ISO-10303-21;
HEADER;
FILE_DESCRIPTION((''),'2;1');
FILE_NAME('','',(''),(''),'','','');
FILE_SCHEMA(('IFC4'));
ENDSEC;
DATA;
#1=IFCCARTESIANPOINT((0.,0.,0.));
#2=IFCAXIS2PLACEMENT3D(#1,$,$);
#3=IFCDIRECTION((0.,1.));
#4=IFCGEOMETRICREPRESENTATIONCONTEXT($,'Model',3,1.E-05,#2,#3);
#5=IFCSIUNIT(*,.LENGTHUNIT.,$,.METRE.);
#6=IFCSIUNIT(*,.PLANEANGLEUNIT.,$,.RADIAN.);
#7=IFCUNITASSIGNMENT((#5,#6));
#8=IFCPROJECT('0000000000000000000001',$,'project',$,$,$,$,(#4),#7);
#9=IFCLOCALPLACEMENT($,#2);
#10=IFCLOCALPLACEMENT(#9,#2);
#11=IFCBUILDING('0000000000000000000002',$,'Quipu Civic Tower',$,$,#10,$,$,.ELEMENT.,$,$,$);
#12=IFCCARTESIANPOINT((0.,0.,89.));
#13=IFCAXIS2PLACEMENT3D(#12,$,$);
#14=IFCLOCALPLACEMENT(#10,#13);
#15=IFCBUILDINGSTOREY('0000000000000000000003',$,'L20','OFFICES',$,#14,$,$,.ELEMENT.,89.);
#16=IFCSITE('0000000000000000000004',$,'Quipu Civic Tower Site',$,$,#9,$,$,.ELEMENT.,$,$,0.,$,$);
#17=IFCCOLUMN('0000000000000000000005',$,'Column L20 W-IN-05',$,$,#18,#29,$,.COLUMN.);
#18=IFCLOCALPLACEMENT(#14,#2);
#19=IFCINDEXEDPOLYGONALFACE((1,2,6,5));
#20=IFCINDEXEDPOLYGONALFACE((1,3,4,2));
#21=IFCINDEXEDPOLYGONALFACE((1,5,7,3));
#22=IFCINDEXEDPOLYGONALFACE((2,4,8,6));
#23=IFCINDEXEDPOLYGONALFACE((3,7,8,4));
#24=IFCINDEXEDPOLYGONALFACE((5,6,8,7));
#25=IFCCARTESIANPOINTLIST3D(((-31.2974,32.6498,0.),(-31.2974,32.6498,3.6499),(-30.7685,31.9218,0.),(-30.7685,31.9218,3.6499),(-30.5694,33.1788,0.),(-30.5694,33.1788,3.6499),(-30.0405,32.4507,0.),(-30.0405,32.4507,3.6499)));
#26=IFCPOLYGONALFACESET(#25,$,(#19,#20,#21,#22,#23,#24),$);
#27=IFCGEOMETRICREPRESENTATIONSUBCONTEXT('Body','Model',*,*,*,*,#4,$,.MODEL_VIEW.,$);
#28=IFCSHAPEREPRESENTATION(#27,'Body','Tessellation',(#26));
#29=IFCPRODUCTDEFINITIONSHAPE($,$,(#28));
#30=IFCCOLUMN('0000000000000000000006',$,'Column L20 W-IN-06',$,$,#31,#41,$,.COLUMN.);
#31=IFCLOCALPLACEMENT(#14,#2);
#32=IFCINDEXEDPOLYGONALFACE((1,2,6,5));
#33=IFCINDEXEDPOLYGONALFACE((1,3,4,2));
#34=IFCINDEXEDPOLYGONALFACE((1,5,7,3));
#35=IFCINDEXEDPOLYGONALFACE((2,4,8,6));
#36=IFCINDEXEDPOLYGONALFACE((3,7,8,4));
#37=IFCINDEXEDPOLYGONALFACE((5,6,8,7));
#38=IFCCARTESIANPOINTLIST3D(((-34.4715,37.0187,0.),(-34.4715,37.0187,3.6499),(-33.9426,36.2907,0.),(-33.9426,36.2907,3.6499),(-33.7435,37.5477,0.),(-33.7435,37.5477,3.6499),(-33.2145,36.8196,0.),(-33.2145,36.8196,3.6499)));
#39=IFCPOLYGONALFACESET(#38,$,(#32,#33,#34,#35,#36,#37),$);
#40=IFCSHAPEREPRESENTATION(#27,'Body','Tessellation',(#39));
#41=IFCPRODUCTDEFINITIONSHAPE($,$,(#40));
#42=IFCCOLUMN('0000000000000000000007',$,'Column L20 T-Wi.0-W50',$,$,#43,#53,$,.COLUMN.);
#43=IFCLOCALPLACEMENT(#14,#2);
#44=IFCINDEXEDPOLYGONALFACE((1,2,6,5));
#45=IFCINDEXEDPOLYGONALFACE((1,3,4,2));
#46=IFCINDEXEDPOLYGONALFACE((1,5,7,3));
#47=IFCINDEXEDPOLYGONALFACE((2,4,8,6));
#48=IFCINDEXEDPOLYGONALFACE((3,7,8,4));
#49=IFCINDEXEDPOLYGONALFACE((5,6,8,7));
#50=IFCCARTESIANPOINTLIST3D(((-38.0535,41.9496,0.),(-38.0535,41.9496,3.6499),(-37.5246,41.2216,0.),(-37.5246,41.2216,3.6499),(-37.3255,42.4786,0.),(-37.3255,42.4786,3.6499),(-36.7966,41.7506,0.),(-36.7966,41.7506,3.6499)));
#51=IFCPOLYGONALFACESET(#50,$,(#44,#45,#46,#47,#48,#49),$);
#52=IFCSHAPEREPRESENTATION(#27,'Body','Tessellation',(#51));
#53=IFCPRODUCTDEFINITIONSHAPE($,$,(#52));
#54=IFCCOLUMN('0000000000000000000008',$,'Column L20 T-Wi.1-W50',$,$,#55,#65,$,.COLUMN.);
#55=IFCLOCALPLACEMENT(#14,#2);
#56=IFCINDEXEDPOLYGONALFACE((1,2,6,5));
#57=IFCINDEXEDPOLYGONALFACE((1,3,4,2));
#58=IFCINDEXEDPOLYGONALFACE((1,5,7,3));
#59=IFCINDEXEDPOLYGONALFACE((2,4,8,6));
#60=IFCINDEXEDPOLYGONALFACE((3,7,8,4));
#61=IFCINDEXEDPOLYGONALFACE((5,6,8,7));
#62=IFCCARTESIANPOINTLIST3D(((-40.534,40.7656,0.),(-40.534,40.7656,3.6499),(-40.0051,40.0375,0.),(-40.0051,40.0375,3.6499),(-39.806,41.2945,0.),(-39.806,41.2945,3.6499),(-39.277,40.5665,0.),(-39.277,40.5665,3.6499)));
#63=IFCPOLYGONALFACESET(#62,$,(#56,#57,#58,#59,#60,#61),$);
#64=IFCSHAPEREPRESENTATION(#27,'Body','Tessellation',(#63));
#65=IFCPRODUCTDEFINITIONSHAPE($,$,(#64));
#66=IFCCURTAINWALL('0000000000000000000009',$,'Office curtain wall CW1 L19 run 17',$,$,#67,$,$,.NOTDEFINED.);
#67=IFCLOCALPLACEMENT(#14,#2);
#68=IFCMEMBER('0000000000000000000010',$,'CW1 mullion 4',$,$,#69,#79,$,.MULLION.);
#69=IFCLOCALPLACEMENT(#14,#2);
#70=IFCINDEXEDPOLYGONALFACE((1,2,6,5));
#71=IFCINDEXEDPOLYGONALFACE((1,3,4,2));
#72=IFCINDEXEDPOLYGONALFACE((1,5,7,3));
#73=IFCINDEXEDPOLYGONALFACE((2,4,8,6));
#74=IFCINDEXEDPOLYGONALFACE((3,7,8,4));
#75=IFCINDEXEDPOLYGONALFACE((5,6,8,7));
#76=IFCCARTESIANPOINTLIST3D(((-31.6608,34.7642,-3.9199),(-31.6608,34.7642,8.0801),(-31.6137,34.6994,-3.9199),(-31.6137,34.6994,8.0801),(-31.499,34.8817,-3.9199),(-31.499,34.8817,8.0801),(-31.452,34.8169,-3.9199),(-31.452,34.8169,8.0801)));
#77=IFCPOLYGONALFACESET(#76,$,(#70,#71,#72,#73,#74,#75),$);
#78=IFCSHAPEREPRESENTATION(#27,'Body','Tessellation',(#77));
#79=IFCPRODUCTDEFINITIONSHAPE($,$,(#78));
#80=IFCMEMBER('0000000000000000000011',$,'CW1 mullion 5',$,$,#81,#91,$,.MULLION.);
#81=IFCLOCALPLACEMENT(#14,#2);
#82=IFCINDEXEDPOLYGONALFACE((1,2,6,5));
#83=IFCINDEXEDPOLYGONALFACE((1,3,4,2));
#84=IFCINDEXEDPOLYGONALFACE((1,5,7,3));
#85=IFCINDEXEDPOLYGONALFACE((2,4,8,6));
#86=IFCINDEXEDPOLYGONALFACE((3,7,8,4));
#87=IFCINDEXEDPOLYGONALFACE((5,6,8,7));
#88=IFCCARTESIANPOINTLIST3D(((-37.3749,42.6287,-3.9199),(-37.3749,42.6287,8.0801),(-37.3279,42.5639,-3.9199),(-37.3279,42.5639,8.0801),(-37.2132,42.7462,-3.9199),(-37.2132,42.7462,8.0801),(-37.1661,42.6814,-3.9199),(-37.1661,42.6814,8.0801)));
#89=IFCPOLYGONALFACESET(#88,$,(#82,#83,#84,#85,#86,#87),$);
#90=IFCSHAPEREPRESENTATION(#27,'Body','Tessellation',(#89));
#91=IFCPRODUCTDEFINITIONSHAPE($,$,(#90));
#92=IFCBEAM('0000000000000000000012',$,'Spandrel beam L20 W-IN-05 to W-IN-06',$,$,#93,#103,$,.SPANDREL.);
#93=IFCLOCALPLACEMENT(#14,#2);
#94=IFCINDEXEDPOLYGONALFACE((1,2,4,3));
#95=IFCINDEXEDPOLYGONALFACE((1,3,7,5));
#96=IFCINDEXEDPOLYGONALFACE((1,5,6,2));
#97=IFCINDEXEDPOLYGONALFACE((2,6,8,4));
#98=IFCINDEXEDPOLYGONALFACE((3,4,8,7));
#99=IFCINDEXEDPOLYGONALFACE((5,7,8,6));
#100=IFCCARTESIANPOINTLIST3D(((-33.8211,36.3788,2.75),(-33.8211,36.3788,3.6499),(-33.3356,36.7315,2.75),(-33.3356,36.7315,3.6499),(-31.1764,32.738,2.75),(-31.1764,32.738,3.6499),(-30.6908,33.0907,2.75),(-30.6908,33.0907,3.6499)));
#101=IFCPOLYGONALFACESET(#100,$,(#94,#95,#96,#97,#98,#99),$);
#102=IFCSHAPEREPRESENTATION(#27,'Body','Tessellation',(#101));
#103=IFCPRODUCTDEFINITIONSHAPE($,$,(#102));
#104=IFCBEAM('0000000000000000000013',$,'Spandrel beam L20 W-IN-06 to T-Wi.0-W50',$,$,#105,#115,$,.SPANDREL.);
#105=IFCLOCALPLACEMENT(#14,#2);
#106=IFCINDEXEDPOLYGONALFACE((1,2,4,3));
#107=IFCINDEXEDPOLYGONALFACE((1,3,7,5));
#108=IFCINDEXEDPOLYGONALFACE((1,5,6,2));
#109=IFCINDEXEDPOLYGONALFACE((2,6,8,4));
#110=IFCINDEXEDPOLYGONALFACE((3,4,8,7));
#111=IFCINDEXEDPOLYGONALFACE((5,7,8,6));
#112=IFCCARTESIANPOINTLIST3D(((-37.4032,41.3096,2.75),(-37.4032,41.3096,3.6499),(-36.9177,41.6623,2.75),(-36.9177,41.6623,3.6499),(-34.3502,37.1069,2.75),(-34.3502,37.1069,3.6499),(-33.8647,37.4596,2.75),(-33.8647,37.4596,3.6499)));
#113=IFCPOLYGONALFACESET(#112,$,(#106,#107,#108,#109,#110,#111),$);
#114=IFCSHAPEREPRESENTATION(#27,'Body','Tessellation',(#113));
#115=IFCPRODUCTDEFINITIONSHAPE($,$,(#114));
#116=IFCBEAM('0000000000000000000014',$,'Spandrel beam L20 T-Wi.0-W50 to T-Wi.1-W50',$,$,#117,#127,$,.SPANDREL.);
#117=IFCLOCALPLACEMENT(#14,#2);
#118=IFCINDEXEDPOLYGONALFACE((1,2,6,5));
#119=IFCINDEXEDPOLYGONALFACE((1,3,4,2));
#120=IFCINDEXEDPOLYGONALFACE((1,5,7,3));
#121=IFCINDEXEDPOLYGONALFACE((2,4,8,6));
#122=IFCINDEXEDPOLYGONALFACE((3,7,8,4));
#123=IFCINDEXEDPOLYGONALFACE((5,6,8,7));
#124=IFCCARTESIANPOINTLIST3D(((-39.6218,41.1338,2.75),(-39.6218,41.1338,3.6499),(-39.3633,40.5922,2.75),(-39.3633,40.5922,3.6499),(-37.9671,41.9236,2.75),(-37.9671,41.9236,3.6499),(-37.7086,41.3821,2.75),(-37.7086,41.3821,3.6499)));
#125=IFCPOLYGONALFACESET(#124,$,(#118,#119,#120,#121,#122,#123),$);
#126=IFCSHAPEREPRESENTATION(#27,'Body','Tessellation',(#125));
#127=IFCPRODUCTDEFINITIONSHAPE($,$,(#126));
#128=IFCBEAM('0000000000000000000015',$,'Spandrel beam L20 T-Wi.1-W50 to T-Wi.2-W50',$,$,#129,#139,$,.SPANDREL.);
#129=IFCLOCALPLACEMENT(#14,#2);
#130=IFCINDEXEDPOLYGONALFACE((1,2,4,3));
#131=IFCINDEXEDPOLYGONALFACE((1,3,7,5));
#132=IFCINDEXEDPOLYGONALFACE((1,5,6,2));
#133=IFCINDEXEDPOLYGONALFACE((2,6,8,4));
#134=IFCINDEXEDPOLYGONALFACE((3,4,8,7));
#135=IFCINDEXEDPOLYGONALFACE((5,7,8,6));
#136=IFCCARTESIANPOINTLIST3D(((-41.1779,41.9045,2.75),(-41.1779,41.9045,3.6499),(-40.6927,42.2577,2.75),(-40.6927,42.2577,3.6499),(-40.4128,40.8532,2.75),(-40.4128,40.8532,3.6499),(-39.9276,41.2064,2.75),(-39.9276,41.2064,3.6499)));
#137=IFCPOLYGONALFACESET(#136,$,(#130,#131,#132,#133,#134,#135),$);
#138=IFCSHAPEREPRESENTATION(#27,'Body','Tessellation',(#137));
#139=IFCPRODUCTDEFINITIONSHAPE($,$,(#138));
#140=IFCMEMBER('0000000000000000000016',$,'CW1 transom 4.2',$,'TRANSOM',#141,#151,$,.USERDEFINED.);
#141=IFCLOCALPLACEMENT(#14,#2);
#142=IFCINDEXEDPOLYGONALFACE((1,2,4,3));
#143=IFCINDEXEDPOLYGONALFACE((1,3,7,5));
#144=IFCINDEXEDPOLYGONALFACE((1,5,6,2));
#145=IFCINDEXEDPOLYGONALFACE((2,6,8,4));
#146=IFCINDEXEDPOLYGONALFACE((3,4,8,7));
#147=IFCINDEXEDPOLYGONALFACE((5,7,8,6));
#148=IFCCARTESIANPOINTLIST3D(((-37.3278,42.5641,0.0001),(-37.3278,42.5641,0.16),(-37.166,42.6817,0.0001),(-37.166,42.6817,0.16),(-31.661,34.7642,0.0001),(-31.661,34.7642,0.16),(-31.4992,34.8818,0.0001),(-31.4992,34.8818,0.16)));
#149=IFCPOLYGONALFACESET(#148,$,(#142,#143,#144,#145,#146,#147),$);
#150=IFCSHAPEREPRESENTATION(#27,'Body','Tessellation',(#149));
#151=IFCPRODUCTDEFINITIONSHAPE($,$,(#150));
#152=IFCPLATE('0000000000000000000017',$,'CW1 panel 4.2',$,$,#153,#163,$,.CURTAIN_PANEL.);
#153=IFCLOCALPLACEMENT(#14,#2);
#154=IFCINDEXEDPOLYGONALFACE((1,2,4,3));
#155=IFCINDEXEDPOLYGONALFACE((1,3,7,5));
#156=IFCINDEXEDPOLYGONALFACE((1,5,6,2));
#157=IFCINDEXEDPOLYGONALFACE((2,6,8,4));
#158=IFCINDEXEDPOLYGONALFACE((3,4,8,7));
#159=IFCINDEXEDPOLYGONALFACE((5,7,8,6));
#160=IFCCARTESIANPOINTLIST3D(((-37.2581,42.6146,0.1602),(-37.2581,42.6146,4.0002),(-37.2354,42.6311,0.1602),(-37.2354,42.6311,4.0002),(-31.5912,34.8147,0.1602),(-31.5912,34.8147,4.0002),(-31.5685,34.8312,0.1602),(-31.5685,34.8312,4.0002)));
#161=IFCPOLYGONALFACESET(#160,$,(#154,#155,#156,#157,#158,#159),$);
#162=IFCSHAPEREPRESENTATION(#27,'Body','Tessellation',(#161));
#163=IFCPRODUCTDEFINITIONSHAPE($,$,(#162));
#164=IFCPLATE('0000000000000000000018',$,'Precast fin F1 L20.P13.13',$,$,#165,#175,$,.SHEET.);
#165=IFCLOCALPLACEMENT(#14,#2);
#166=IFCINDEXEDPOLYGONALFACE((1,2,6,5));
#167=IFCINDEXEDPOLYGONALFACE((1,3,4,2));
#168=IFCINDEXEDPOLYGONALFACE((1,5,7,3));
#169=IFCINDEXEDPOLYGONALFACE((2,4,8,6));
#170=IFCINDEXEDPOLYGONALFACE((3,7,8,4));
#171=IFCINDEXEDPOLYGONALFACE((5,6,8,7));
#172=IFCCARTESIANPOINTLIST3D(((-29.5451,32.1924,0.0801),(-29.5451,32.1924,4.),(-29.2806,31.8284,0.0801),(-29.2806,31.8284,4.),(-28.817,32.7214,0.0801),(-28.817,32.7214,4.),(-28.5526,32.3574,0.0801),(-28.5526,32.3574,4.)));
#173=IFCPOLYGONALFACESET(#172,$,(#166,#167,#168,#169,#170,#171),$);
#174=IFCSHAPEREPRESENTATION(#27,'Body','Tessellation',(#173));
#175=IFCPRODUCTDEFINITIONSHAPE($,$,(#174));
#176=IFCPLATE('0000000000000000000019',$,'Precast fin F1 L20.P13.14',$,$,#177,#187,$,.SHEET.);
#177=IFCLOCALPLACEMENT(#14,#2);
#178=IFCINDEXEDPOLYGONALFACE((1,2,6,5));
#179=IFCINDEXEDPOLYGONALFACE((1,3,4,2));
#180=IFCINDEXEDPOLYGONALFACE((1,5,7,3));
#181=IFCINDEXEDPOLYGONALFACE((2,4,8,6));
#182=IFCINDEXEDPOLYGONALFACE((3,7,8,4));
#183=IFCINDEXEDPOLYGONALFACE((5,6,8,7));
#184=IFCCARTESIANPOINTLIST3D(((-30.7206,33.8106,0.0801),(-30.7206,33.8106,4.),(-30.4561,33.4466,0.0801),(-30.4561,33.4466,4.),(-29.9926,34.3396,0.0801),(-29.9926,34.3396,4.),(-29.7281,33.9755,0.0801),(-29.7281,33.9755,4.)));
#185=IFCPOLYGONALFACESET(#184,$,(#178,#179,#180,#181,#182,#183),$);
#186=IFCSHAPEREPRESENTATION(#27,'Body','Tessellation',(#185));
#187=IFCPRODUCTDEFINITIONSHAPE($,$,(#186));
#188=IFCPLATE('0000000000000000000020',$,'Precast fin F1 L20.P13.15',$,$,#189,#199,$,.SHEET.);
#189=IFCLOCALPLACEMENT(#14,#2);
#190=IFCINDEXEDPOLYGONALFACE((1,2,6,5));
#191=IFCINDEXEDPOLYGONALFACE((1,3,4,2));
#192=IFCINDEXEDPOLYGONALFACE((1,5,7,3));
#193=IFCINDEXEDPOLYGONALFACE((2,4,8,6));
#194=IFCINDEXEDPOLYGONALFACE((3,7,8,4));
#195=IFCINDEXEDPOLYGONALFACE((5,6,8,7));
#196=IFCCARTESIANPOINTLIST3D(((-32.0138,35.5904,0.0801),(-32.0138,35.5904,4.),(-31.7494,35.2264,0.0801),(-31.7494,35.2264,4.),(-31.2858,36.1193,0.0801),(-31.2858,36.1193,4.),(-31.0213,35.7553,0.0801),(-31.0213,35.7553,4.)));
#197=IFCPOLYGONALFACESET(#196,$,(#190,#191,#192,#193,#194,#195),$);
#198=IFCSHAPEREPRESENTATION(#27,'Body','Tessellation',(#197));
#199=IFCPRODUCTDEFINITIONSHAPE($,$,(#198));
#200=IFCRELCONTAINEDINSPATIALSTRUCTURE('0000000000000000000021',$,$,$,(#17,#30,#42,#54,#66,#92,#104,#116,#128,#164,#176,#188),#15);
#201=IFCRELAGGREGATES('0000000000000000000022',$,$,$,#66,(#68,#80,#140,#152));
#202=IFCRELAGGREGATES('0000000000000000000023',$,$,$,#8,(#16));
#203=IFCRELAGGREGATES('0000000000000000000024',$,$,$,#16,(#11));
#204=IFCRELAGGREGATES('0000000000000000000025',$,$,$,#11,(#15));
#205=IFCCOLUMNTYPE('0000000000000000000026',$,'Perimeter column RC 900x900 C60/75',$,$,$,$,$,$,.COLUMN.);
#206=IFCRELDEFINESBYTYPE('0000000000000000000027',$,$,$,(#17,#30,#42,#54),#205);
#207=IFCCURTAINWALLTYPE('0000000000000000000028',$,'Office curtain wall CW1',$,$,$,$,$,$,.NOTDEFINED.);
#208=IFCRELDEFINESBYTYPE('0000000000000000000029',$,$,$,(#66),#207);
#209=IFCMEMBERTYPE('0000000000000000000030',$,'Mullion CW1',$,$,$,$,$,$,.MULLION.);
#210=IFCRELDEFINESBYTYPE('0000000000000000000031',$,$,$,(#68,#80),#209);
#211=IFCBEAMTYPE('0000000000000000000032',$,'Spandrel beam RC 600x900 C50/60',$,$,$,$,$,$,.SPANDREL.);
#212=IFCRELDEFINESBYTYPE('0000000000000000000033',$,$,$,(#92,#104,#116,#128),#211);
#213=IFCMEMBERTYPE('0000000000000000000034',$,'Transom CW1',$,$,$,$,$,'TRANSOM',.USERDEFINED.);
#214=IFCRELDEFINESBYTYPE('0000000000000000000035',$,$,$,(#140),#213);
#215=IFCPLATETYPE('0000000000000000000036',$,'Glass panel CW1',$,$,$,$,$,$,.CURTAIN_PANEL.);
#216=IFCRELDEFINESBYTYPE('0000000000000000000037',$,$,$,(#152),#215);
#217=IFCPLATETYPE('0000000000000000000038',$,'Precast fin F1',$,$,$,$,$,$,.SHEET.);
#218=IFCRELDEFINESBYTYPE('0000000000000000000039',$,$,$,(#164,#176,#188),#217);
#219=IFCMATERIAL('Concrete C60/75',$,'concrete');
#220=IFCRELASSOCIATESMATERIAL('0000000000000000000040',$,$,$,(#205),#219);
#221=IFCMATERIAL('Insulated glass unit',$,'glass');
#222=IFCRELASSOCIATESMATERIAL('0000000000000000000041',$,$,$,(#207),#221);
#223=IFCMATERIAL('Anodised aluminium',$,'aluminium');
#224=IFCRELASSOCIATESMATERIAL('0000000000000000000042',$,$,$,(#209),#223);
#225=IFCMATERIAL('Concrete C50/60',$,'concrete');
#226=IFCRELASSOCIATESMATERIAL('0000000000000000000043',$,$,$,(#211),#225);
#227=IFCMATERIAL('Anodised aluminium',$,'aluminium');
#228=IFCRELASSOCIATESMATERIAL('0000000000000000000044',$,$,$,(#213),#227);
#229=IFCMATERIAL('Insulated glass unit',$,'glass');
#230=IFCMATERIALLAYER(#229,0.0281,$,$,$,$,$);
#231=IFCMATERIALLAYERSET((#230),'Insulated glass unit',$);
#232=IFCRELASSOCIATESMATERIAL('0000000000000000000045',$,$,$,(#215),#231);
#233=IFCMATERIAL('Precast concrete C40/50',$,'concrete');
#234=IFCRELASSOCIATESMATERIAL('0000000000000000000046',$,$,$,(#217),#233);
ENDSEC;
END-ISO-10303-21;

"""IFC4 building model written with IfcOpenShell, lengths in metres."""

from ifc_helpers import new_model, si_unit, direction, frame, origin, origin_2d, place, context, subcontext, project, spatial, rectangle, extrude, material, layer, layer_set, material_profile, profile_set, type_object, element, aggregate, save


model = new_model("IFC4")

# Units and contexts
model_context = context("Model", 3, precision=1e-05, world=origin(), true_north=direction((0.0, 1.0)))
body_context = subcontext(model_context, "Body", "Model", "MODEL_VIEW")
ifc_project = project(units=[si_unit("LENGTHUNIT", "METRE"), si_unit("PLANEANGLEUNIT", "RADIAN")], contexts=[model_context])

# Site, building, storey
site_placement = place(None, origin())
site = spatial("IfcSite", under=ifc_project, at=site_placement, Name="Quipu Civic Tower Site", CompositionType="ELEMENT", RefElevation=0.0)
building_placement = place(site_placement, origin())
building = spatial("IfcBuilding", under=site, at=building_placement, Name="Quipu Civic Tower", CompositionType="ELEMENT")
storey_placement = place(building_placement, frame((0.0, 0.0, 89.0)))
storey = spatial("IfcBuildingStorey", under=building, at=storey_placement, Name="L20", Description="OFFICES", CompositionType="ELEMENT", Elevation=89.0)

# Columns
ifc_material_1 = material(Name="Concrete C60/75", Category="concrete")
ifc_material_profile_1 = material_profile(ifc_material_1, rectangle(XDim=0.8999, YDim=0.8999, at=origin_2d()), Name="RC900x900")
ifc_profile_set_1 = profile_set([ifc_material_profile_1], Name="Concrete C60/75")
column_type = type_object("IfcColumnType", Name="Perimeter column RC 900x900 C60/75", PredefinedType="COLUMN", material=ifc_profile_set_1)
for number, where, z_axis, x_axis, name in (
    (1, (-30.6689, 32.5503, 0.0), (0.0, 0.0, 1.0), (-0.587785, 0.809017, 0.0), "Column L20 W-IN-05"),
    (2, (-33.843, 36.9192, 0.0), (0.0, 0.0, 1.0), (-0.587785, 0.809017, 0.0), "Column L20 W-IN-06"),
    (3, (-37.425, 41.8501, 0.0), (0.0, 0.0, 1.0), (-0.587785, 0.809017, 0.0), "Column L20 T-Wi.0-W50"),
    (4, (-39.9055, 40.666, 0.0), (0.0, 0.0, 1.0), (-0.587785, 0.809017, 0.0), "Column L20 T-Wi.1-W50"),
):
    element("IfcColumn", number, at=place(storey_placement, frame(where, z_axis=z_axis, x_axis=x_axis)), inside=storey, type_object=column_type, Name=name, PredefinedType="COLUMN", context=body_context, shape_type="SweptSolid", body=[
        extrude(rectangle(XDim=0.8999, YDim=0.8999, at=origin_2d()), origin(), (0.0, 0.0, 1.0), 3.6499),
    ])

# Curtain wall, members
ifc_material_2 = material(Name="Insulated glass unit", Category="glass")
curtain_wall_type = type_object("IfcCurtainWallType", Name="Office curtain wall CW1", PredefinedType="NOTDEFINED", material=ifc_material_2)
curtain_wall_placement = place(storey_placement, origin())
curtain_wall = element("IfcCurtainWall", 5, at=curtain_wall_placement, inside=storey, type_object=curtain_wall_type, Name="Office curtain wall CW1 L19 run 17", PredefinedType="NOTDEFINED")
ifc_material_3 = material(Name="Anodised aluminium", Category="aluminium")
ifc_material_profile_2 = material_profile(ifc_material_3, rectangle(XDim=0.2, YDim=0.0801, at=origin_2d()), Name="RECT 200x80")
ifc_profile_set_2 = profile_set([ifc_material_profile_2], Name="Anodised aluminium")
member_type_1 = type_object("IfcMemberType", Name="Mullion CW1", PredefinedType="MULLION", material=ifc_profile_set_2)
member_1_placement = place(storey_placement, frame((-31.5564, 34.7905, -3.9199), z_axis=(0.0, 0.0, 1.0), x_axis=(-0.809017, -0.587786, 0.0)))
member_1 = element("IfcMember", 6, at=member_1_placement, type_object=member_type_1, Name="CW1 mullion 4", PredefinedType="MULLION", context=body_context, shape_type="SweptSolid", body=[
    extrude(rectangle(XDim=0.2, YDim=0.0801, at=origin_2d()), origin(), (0.0, 0.0, 1.0), 12.0),
])
member_2_placement = place(storey_placement, frame((-37.2705, 42.655, -3.9199), z_axis=(0.0, 0.0, 1.0), x_axis=(-0.809017, -0.587786, 0.0)))
member_2 = element("IfcMember", 7, at=member_2_placement, type_object=member_type_1, Name="CW1 mullion 5", PredefinedType="MULLION", context=body_context, shape_type="SweptSolid", body=[
    extrude(rectangle(XDim=0.2, YDim=0.0801, at=origin_2d()), origin(), (0.0, 0.0, 1.0), 12.0),
])

# Beams
ifc_material_4 = material(Name="Concrete C50/60", Category="concrete")
ifc_material_profile_3 = material_profile(ifc_material_4, rectangle(XDim=0.6001, YDim=0.8999, at=origin_2d()), Name="RC600x900")
ifc_profile_set_3 = profile_set([ifc_material_profile_3], Name="Concrete C50/60")
beam_type = type_object("IfcBeamType", Name="Spandrel beam RC 600x900 C50/60", PredefinedType="SPANDREL", material=ifc_profile_set_3)
beam_1_placement = place(storey_placement, frame((-30.9336, 32.9143, 3.2), z_axis=(-0.587717, 0.809067, 0.0), x_axis=(-0.809067, -0.587717, 0.0)))
element("IfcBeam", 8, at=beam_1_placement, inside=storey, type_object=beam_type, Name="Spandrel beam L20 W-IN-05 to W-IN-06", PredefinedType="SPANDREL", context=body_context, shape_type="SweptSolid", body=[
    extrude(rectangle(XDim=0.6001, YDim=0.8999, at=origin_2d()), origin(), (0.0, 0.0, 1.0), 4.5),
])
beam_2_placement = place(storey_placement, frame((-34.1074, 37.2832, 3.2), z_axis=(-0.587733, 0.809055, 0.0), x_axis=(-0.809055, -0.587733, 0.0)))
element("IfcBeam", 9, at=beam_2_placement, inside=storey, type_object=beam_type, Name="Spandrel beam L20 W-IN-06 to T-Wi.0-W50", PredefinedType="SPANDREL", context=body_context, shape_type="SweptSolid", body=[
    extrude(rectangle(XDim=0.6001, YDim=0.8999, at=origin_2d()), origin(), (0.0, 0.0, 1.0), 5.1946),
])
beam_3_placement = place(storey_placement, frame((-37.8379, 41.6528, 3.2), z_axis=(-0.902454, -0.430786, 0.0), x_axis=(0.430786, -0.902454, 0.0)))
element("IfcBeam", 10, at=beam_3_placement, inside=storey, type_object=beam_type, Name="Spandrel beam L20 T-Wi.0-W50 to T-Wi.1-W50", PredefinedType="SPANDREL", context=body_context, shape_type="SweptSolid", body=[
    extrude(rectangle(XDim=0.6001, YDim=0.8999, at=origin_2d()), origin(), (0.0, 0.0, 1.0), 1.8335),
])
beam_4_placement = place(storey_placement, frame((-40.1702, 41.0298, 3.2), z_axis=(-0.588462, 0.808525, 0.0), x_axis=(-0.808525, -0.588462, 0.0)))
element("IfcBeam", 11, at=beam_4_placement, inside=storey, type_object=beam_type, Name="Spandrel beam L20 T-Wi.1-W50 to T-Wi.2-W50", PredefinedType="SPANDREL", context=body_context, shape_type="SweptSolid", body=[
    extrude(rectangle(XDim=0.6001, YDim=0.8999, at=origin_2d()), origin(), (0.0, 0.0, 1.0), 1.3003),
])

# Member
ifc_material_5 = material(Name="Anodised aluminium", Category="aluminium")
ifc_material_profile_4 = material_profile(ifc_material_5, rectangle(XDim=0.2, YDim=0.1599, at=origin_2d()), Name="RECT 200x160")
ifc_profile_set_4 = profile_set([ifc_material_profile_4], Name="Anodised aluminium")
member_type_2 = type_object("IfcMemberType", Name="Transom CW1", ElementType="TRANSOM", PredefinedType="USERDEFINED", material=ifc_profile_set_4)
member_3_placement = place(storey_placement, frame((-31.5801, 34.823, 0.0801), z_axis=(-0.587776, 0.809024, 0.0), x_axis=(-0.809024, -0.587776, 0.0)))
member_3 = element("IfcMember", 12, at=member_3_placement, type_object=member_type_2, Name="CW1 transom 4.2", ObjectType="TRANSOM", PredefinedType="USERDEFINED", context=body_context, shape_type="SweptSolid", body=[
    extrude(rectangle(XDim=0.2, YDim=0.1599, at=origin_2d()), origin(), (0.0, 0.0, 1.0), 9.6411),
])

# Plate
ifc_material_6 = material(Name="Insulated glass unit", Category="glass")
ifc_layer_1 = layer(ifc_material_6, 0.0281)
ifc_layer_set_1 = layer_set([ifc_layer_1], Name="Insulated glass unit")
plate_type_1 = type_object("IfcPlateType", Name="Glass panel CW1", PredefinedType="CURTAIN_PANEL", material=ifc_layer_set_1)
plate_placement = place(storey_placement, frame((-34.4133, 38.7229, 0.1602), z_axis=(0.0, 0.0, 1.0), x_axis=(-0.587786, 0.809017, 0.0)))
plate = element("IfcPlate", 13, at=plate_placement, type_object=plate_type_1, Name="CW1 panel 4.2", PredefinedType="CURTAIN_PANEL", context=body_context, shape_type="SweptSolid", body=[
    extrude(rectangle(XDim=9.6411, YDim=0.0281, at=origin_2d()), origin(), (0.0, 0.0, 1.0), 3.8401),
])
aggregate(curtain_wall, [member_1, member_2, member_3, plate])

# Plates
ifc_material_7 = material(Name="Precast concrete C40/50", Category="concrete")
plate_type_2 = type_object("IfcPlateType", Name="Precast fin F1", PredefinedType="SHEET", material=ifc_material_7)
for number, where, z_axis, x_axis, name in (
    (14, (-29.0488, 32.2749, 0.0801), (0.0, 0.0, 1.0), (-0.587785, 0.809017, 0.0), "Precast fin F1 L20.P13.13"),
    (15, (-30.2244, 33.8931, 0.0801), (0.0, 0.0, 1.0), (-0.587785, 0.809017, 0.0), "Precast fin F1 L20.P13.14"),
    (16, (-31.5176, 35.6729, 0.0801), (0.0, 0.0, 1.0), (-0.587785, 0.809017, 0.0), "Precast fin F1 L20.P13.15"),
):
    element("IfcPlate", number, at=place(storey_placement, frame(where, z_axis=z_axis, x_axis=x_axis)), inside=storey, type_object=plate_type_2, Name=name, PredefinedType="SHEET", context=body_context, shape_type="SweptSolid", body=[
        extrude(rectangle(XDim=0.45, YDim=0.8999, at=origin_2d()), origin(), (0.0, 0.0, 1.0), 3.9199),
    ])

save(model, "model.ifc")
